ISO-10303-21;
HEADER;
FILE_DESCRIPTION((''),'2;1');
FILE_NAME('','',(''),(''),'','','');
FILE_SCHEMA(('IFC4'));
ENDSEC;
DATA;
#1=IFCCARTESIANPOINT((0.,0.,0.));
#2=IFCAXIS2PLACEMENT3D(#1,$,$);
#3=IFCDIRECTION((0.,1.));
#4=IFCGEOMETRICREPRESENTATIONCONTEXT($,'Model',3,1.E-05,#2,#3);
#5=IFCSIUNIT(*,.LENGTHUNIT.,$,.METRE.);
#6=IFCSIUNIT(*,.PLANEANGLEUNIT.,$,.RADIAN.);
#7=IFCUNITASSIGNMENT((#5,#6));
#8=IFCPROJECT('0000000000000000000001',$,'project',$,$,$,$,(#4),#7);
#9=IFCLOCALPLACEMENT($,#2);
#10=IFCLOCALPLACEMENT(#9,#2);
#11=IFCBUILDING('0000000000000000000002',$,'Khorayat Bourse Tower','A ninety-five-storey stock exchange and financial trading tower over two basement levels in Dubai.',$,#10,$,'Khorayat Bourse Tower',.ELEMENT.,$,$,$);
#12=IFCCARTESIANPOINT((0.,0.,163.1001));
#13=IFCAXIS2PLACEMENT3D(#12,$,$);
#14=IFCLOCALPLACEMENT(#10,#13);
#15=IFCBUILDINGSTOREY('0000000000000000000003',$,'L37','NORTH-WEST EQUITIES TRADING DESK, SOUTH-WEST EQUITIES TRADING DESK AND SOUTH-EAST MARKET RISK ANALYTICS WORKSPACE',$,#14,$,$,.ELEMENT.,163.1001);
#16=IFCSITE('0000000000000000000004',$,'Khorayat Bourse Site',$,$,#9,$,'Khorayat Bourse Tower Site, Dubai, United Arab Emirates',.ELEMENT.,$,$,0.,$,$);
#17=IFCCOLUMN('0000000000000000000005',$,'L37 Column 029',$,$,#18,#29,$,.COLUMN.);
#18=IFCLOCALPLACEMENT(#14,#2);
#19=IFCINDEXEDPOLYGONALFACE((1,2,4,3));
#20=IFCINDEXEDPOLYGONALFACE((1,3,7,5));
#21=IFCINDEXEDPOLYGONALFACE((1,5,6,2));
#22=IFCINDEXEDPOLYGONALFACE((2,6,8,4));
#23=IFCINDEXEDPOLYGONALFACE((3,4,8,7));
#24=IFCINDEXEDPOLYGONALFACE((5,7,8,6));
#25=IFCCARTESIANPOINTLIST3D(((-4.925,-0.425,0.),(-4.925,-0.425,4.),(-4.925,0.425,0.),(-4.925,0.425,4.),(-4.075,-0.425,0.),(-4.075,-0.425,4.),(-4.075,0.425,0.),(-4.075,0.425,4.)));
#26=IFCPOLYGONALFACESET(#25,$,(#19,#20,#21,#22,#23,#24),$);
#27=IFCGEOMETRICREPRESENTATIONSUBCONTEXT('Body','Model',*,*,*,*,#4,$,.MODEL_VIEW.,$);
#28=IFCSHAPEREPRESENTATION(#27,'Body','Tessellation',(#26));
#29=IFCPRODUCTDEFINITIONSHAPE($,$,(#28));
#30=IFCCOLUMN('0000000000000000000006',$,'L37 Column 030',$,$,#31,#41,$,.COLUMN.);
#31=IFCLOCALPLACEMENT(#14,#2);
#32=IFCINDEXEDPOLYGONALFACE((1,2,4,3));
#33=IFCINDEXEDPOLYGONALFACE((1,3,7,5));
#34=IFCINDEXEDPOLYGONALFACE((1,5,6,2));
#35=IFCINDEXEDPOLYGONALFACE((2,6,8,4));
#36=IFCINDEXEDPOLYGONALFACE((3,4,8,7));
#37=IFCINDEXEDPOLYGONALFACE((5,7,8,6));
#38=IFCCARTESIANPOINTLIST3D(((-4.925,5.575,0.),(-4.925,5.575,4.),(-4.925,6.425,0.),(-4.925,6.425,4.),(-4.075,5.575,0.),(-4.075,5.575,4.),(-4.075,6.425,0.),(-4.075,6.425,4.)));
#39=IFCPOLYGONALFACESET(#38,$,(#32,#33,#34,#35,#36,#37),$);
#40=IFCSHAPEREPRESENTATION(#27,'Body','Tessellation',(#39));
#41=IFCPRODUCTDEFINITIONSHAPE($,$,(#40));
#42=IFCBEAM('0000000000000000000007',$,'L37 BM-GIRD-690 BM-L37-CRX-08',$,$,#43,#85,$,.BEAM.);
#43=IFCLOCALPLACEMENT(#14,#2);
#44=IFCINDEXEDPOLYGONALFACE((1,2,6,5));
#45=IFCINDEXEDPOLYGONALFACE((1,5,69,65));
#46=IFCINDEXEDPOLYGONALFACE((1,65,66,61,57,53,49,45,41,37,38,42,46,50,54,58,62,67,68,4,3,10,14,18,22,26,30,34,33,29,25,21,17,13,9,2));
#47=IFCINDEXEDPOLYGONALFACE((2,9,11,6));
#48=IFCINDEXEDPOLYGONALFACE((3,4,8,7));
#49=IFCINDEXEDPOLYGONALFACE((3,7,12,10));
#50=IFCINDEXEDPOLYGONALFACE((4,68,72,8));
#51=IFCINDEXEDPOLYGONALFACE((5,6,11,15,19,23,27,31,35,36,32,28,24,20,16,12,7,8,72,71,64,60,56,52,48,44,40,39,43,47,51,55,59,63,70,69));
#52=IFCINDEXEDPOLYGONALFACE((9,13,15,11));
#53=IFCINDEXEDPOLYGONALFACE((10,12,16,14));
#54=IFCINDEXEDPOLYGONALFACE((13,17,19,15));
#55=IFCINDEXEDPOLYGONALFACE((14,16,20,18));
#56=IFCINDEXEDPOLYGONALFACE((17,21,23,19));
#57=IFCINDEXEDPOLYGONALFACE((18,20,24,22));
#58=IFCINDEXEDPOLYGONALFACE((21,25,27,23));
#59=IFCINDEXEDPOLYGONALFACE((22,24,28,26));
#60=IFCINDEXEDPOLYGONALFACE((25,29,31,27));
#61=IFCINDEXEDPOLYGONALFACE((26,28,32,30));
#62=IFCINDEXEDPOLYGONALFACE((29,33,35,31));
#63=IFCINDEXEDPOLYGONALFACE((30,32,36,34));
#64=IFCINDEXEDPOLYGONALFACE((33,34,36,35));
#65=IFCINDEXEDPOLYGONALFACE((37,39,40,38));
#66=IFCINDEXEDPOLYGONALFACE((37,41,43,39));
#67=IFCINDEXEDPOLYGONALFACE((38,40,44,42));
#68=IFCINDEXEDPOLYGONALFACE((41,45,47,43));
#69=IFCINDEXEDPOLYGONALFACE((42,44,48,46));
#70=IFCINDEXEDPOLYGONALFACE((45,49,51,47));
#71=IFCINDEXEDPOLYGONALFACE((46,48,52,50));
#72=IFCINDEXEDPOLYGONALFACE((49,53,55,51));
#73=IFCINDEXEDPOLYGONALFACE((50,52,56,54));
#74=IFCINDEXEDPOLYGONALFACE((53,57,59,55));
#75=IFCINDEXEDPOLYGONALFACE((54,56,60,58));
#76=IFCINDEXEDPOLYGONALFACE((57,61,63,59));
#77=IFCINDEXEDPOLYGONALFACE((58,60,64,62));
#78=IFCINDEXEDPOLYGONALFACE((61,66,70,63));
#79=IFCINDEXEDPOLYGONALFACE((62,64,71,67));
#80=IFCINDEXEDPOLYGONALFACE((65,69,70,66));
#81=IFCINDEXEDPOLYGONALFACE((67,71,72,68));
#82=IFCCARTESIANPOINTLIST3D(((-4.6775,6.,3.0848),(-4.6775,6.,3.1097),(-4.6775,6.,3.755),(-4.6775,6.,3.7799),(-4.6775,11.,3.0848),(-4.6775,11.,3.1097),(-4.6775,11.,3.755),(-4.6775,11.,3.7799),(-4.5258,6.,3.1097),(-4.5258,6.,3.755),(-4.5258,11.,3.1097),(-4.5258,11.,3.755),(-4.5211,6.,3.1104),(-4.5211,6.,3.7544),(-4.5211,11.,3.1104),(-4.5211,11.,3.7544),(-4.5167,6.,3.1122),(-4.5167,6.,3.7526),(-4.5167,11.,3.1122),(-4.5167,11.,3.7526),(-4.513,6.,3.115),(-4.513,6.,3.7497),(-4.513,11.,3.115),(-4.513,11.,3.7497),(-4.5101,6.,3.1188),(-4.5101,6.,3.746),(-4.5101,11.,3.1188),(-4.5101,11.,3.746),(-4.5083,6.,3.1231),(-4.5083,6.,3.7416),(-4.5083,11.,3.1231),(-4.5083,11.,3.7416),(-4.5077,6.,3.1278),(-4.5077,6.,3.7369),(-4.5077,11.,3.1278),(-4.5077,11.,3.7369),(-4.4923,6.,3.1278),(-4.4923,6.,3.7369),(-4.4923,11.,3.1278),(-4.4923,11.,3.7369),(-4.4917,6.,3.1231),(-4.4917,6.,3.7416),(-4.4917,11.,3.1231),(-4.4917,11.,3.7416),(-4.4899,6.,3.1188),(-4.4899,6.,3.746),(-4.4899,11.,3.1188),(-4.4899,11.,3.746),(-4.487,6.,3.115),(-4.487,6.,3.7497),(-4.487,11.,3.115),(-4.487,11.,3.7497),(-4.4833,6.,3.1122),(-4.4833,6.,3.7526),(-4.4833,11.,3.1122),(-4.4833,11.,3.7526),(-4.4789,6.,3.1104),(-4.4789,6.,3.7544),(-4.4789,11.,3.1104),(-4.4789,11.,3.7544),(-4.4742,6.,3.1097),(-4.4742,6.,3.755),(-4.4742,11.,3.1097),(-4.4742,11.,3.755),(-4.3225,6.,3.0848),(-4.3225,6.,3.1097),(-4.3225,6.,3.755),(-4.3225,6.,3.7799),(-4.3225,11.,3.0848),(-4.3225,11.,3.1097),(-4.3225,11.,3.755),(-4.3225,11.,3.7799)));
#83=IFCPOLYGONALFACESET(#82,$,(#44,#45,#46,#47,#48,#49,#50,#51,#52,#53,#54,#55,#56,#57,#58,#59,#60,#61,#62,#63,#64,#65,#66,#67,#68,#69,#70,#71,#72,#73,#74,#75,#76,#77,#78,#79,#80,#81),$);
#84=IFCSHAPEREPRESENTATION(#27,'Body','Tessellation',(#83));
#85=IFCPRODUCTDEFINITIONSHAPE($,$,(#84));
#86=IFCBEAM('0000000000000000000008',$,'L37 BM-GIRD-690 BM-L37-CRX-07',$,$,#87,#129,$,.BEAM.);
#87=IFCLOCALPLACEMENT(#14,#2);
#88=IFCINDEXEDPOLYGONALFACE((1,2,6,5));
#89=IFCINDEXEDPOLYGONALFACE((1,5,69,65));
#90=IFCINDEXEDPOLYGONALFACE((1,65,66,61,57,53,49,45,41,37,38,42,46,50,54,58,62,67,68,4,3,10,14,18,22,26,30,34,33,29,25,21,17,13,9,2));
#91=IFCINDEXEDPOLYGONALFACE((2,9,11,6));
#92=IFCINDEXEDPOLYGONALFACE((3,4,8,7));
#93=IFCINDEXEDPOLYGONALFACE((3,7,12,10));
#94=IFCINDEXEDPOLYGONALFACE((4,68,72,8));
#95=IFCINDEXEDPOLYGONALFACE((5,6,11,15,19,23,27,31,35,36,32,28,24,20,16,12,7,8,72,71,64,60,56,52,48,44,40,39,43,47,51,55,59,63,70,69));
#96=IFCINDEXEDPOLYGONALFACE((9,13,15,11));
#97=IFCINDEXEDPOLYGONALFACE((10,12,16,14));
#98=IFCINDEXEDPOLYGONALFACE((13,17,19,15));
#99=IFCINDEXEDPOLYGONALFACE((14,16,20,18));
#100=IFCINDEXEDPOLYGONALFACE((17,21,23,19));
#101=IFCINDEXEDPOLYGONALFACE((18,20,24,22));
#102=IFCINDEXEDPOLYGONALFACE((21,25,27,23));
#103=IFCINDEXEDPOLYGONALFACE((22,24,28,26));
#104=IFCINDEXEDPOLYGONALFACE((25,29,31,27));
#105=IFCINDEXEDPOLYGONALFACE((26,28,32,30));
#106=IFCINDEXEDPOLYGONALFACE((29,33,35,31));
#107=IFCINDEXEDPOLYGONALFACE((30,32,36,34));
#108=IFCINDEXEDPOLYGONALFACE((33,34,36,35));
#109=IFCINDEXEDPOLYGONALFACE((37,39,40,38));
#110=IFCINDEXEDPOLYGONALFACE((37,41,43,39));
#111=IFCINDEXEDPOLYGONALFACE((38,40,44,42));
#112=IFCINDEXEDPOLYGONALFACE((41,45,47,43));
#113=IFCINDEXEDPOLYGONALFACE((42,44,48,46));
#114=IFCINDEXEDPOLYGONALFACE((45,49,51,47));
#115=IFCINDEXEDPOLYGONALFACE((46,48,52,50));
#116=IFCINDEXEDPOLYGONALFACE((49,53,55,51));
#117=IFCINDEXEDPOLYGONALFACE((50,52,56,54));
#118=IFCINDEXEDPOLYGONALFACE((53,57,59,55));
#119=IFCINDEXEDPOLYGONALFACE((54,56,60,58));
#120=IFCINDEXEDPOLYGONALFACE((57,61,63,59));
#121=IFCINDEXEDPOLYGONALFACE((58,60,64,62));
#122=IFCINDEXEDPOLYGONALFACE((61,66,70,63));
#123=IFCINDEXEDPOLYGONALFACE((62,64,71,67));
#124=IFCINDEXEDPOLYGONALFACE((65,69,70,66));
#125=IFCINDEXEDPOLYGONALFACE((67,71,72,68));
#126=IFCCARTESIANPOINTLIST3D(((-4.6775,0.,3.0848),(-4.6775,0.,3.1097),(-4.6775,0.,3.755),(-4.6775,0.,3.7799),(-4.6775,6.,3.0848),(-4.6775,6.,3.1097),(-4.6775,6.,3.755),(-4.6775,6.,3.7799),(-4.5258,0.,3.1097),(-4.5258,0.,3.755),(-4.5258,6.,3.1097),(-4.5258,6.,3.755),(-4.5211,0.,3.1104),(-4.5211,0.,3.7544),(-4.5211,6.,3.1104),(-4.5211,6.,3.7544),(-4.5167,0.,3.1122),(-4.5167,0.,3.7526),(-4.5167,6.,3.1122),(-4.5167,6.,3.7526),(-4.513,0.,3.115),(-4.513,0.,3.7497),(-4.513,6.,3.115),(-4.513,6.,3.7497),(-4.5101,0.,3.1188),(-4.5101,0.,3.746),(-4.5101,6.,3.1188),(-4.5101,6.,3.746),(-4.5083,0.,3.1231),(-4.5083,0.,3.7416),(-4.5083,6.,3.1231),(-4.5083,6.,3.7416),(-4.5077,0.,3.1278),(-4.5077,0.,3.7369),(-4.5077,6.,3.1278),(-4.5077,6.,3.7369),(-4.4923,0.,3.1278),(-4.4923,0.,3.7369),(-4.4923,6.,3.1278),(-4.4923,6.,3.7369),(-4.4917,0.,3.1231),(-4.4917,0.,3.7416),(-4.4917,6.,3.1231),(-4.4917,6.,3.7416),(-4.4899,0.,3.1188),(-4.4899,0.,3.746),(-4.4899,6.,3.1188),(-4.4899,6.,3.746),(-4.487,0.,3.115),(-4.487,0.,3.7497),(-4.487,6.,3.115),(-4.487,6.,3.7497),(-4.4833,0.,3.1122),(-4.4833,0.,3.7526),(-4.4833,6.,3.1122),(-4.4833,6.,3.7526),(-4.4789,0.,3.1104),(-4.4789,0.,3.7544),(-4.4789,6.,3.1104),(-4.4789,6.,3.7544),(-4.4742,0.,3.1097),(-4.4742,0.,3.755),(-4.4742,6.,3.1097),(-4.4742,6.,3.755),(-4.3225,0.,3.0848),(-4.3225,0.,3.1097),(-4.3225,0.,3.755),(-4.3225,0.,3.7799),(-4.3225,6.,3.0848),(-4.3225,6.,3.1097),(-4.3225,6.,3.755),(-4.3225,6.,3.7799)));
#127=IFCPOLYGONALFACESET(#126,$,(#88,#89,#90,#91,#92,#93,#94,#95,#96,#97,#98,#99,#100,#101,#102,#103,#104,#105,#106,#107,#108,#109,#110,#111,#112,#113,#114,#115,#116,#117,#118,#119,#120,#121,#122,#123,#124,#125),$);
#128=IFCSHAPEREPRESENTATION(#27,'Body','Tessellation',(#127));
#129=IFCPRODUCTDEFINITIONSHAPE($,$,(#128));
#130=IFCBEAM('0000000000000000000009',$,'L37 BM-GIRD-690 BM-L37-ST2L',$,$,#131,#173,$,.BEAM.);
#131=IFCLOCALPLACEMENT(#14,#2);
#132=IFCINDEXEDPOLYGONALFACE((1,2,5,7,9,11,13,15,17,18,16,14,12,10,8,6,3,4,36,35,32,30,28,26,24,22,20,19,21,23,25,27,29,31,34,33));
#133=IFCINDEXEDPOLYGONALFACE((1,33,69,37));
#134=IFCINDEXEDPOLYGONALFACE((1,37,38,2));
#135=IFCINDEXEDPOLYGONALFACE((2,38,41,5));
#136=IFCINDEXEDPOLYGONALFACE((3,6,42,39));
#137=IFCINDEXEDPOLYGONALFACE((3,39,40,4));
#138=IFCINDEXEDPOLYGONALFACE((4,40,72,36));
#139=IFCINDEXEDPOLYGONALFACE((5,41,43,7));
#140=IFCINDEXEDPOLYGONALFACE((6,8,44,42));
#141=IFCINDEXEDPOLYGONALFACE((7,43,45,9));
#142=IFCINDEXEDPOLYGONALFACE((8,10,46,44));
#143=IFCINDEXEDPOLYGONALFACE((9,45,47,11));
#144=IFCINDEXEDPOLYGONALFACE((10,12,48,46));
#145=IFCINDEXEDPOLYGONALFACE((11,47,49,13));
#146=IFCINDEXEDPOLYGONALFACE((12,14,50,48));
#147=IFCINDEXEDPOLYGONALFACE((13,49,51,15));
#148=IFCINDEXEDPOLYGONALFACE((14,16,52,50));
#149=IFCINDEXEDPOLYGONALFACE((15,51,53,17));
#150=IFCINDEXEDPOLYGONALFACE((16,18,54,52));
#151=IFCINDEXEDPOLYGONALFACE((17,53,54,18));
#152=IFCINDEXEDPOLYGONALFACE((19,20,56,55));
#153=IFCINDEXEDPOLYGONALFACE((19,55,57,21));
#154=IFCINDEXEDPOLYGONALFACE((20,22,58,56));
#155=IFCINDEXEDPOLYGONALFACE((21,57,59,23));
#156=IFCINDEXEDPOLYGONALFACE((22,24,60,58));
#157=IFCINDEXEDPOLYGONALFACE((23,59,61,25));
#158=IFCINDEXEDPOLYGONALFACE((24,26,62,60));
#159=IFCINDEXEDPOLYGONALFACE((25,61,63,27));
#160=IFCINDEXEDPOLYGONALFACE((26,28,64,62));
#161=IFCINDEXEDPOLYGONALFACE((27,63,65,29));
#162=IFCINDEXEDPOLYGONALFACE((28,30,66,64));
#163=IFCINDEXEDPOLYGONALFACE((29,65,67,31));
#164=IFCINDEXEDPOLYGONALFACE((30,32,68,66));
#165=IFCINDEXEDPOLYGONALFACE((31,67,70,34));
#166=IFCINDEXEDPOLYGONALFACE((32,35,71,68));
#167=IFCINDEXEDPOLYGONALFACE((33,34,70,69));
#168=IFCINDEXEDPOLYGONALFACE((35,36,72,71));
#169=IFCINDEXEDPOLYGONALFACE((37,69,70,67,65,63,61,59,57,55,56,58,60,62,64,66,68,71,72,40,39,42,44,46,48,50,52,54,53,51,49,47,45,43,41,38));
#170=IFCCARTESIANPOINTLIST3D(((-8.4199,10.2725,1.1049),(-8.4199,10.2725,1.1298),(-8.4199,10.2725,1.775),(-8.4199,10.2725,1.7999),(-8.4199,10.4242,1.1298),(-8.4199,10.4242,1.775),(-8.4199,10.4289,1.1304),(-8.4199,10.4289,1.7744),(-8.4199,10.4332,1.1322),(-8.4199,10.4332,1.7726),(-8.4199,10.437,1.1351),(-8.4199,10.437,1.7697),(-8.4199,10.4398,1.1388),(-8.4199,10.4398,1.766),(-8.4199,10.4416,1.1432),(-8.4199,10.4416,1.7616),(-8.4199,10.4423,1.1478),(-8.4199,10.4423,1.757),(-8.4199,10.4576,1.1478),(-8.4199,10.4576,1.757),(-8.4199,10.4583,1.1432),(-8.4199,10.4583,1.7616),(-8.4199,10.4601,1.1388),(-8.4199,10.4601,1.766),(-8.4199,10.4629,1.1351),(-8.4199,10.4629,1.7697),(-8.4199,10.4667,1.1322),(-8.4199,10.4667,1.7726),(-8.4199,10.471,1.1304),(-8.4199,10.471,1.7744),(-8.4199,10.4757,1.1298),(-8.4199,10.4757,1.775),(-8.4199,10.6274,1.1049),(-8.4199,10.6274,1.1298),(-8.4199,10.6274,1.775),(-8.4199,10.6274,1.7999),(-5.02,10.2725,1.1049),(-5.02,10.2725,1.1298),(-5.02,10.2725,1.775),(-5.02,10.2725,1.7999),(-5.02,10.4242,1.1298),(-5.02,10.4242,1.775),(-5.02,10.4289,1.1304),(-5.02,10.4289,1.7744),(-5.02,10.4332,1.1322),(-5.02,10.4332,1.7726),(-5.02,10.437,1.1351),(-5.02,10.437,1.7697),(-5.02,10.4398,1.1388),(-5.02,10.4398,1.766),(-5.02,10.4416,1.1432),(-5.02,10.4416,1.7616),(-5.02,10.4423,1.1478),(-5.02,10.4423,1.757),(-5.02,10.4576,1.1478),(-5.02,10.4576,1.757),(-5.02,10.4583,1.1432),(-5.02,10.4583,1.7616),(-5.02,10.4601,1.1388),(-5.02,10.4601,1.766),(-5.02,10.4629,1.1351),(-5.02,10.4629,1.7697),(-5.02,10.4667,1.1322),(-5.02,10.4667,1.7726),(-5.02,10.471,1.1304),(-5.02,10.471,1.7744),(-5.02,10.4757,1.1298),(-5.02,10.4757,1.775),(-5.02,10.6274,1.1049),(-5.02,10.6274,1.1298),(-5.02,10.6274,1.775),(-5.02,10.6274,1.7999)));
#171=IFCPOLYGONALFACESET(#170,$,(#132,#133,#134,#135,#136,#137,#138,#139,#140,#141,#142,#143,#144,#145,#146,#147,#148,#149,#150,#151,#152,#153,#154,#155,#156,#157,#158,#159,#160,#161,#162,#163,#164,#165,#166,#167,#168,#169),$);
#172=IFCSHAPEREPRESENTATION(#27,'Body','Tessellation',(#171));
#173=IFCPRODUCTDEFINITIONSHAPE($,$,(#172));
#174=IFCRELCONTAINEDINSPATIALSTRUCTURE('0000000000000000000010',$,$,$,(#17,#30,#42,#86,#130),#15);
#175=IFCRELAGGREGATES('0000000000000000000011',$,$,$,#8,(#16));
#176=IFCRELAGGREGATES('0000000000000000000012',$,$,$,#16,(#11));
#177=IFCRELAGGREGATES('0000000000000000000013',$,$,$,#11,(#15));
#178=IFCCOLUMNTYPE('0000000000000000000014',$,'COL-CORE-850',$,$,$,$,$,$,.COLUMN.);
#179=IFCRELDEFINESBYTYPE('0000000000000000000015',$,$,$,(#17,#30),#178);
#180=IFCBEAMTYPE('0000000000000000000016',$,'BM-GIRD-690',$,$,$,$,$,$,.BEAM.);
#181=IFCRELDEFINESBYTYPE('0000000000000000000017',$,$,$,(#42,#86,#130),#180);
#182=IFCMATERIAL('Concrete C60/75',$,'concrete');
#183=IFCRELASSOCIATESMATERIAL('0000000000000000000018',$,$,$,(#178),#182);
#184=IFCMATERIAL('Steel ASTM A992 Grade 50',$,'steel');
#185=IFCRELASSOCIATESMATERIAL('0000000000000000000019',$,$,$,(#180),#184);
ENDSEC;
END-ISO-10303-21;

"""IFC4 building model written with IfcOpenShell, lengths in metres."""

from ifc_helpers import new_model, si_unit, direction, frame, origin, origin_2d, place, context, subcontext, project, spatial, rectangle, i_section, extrude, source, transform, mapped, material, material_profile, profile_set, type_object, element, save


model = new_model("IFC4")

# Units and contexts
model_context = context("Model", 3, precision=1e-05, world=origin(), true_north=direction((0.0, 1.0)))
body_context = subcontext(model_context, "Body", "Model", "MODEL_VIEW")
ifc_project = project(units=[si_unit("LENGTHUNIT", "METRE"), si_unit("PLANEANGLEUNIT", "RADIAN")], contexts=[model_context])

# Site, building, storey
site_placement = place(None, origin())
site = spatial("IfcSite", under=ifc_project, at=site_placement, Name="Khorayat Bourse Site", LongName="Khorayat Bourse Tower Site, Dubai, United Arab Emirates", CompositionType="ELEMENT", RefElevation=0.0)
building_placement = place(site_placement, origin())
building = spatial("IfcBuilding", under=site, at=building_placement, Name="Khorayat Bourse Tower", Description="A ninety-five-storey stock exchange and financial trading tower over two basement levels in Dubai.", LongName="Khorayat Bourse Tower", CompositionType="ELEMENT")
storey_placement = place(building_placement, frame((0.0, 0.0, 163.1001)))
storey = spatial("IfcBuildingStorey", under=building, at=storey_placement, Name="L37", Description="NORTH-WEST EQUITIES TRADING DESK, SOUTH-WEST EQUITIES TRADING DESK AND SOUTH-EAST MARKET RISK ANALYTICS WORKSPACE", CompositionType="ELEMENT", Elevation=163.1001)

# Columns
ifc_material_1 = material(Name="Concrete C60/75", Category="concrete")
ifc_material_profile_1 = material_profile(ifc_material_1, rectangle(XDim=0.8501, YDim=0.8501, at=origin_2d()), Name="RC 850x850")
ifc_profile_set_1 = profile_set([ifc_material_profile_1], Name="Concrete C60/75")
column_type = type_object("IfcColumnType", Name="COL-CORE-850", PredefinedType="COLUMN", material=ifc_profile_set_1)
shared_shape_1 = source(origin(), body_context, "Body", "SweptSolid", [
    extrude(rectangle(XDim=0.8501, YDim=0.8501, at=origin_2d()), origin(), (0.0, 0.0, 1.0), 4.0),
])
for number, where, z_axis, x_axis, name in (
    (1, (-4.5, 0.0, 0.0), (0.0, 0.0, 1.0), (1.0, 0.0, 0.0), "L37 Column 029"),
    (2, (-4.5, 6.0, 0.0), (0.0, 0.0, 1.0), (1.0, 0.0, 0.0), "L37 Column 030"),
):
    element("IfcColumn", number, at=place(storey_placement, frame(where, z_axis=z_axis, x_axis=x_axis)), inside=storey, type_object=column_type, Name=name, PredefinedType="COLUMN", context=body_context, shape_type="MappedRepresentation", body=[
        mapped(shared_shape_1, transform((0.0, 0.0, 0.0), scale=1.0)),
    ])

# Beams
ifc_material_2 = material(Name="Steel ASTM A992 Grade 50", Category="steel")
ifc_material_profile_2 = material_profile(ifc_material_2, i_section(OverallWidth=0.355, OverallDepth=0.6951, WebThickness=0.0154, FlangeThickness=0.0249, FilletRadius=0.0181, at=origin_2d()), Name="W690X217")
ifc_profile_set_2 = profile_set([ifc_material_profile_2], Name="Steel ASTM A992 Grade 50")
beam_type = type_object("IfcBeamType", Name="BM-GIRD-690", PredefinedType="BEAM", material=ifc_profile_set_2)
shared_shape_2 = source(origin(), body_context, "Body", "SweptSolid", [
    extrude(i_section(OverallWidth=0.355, OverallDepth=0.6951, WebThickness=0.0154, FlangeThickness=0.0249, FilletRadius=0.0181, at=origin_2d()), origin(), (0.0, 0.0, 1.0), 5.0),
])
beam_1_placement = place(storey_placement, frame((-4.5, 6.0, 3.4324), z_axis=(0.0, 1.0, 0.0), x_axis=(-1.0, 0.0, 0.0)))
element("IfcBeam", 3, at=beam_1_placement, inside=storey, type_object=beam_type, Name="L37 BM-GIRD-690 BM-L37-CRX-08", PredefinedType="BEAM", context=body_context, shape_type="MappedRepresentation", body=[
    mapped(shared_shape_2, transform((0.0, 0.0, 0.0), scale=1.0)),
])
shared_shape_3 = source(origin(), body_context, "Body", "SweptSolid", [
    extrude(i_section(OverallWidth=0.355, OverallDepth=0.6951, WebThickness=0.0154, FlangeThickness=0.0249, FilletRadius=0.0181, at=origin_2d()), origin(), (0.0, 0.0, 1.0), 6.0),
])
beam_2_placement = place(storey_placement, frame((-4.5, 0.0, 3.4324), z_axis=(0.0, 1.0, 0.0), x_axis=(-1.0, 0.0, 0.0)))
element("IfcBeam", 4, at=beam_2_placement, inside=storey, type_object=beam_type, Name="L37 BM-GIRD-690 BM-L37-CRX-07", PredefinedType="BEAM", context=body_context, shape_type="MappedRepresentation", body=[
    mapped(shared_shape_3, transform((0.0, 0.0, 0.0), scale=1.0)),
])
shared_shape_4 = source(origin(), body_context, "Body", "SweptSolid", [
    extrude(i_section(OverallWidth=0.355, OverallDepth=0.6951, WebThickness=0.0154, FlangeThickness=0.0249, FilletRadius=0.0181, at=origin_2d()), origin(), (0.0, 0.0, 1.0), 3.3999),
])
beam_3_placement = place(storey_placement, frame((-8.4199, 10.45, 1.4524), z_axis=(1.0, 0.0, 0.0), x_axis=(0.0, 1.0, 0.0)))
element("IfcBeam", 5, at=beam_3_placement, inside=storey, type_object=beam_type, Name="L37 BM-GIRD-690 BM-L37-ST2L", PredefinedType="BEAM", context=body_context, shape_type="MappedRepresentation", body=[
    mapped(shared_shape_4, transform((0.0, 0.0, 0.0), scale=1.0)),
])

save(model, "model.ifc")
